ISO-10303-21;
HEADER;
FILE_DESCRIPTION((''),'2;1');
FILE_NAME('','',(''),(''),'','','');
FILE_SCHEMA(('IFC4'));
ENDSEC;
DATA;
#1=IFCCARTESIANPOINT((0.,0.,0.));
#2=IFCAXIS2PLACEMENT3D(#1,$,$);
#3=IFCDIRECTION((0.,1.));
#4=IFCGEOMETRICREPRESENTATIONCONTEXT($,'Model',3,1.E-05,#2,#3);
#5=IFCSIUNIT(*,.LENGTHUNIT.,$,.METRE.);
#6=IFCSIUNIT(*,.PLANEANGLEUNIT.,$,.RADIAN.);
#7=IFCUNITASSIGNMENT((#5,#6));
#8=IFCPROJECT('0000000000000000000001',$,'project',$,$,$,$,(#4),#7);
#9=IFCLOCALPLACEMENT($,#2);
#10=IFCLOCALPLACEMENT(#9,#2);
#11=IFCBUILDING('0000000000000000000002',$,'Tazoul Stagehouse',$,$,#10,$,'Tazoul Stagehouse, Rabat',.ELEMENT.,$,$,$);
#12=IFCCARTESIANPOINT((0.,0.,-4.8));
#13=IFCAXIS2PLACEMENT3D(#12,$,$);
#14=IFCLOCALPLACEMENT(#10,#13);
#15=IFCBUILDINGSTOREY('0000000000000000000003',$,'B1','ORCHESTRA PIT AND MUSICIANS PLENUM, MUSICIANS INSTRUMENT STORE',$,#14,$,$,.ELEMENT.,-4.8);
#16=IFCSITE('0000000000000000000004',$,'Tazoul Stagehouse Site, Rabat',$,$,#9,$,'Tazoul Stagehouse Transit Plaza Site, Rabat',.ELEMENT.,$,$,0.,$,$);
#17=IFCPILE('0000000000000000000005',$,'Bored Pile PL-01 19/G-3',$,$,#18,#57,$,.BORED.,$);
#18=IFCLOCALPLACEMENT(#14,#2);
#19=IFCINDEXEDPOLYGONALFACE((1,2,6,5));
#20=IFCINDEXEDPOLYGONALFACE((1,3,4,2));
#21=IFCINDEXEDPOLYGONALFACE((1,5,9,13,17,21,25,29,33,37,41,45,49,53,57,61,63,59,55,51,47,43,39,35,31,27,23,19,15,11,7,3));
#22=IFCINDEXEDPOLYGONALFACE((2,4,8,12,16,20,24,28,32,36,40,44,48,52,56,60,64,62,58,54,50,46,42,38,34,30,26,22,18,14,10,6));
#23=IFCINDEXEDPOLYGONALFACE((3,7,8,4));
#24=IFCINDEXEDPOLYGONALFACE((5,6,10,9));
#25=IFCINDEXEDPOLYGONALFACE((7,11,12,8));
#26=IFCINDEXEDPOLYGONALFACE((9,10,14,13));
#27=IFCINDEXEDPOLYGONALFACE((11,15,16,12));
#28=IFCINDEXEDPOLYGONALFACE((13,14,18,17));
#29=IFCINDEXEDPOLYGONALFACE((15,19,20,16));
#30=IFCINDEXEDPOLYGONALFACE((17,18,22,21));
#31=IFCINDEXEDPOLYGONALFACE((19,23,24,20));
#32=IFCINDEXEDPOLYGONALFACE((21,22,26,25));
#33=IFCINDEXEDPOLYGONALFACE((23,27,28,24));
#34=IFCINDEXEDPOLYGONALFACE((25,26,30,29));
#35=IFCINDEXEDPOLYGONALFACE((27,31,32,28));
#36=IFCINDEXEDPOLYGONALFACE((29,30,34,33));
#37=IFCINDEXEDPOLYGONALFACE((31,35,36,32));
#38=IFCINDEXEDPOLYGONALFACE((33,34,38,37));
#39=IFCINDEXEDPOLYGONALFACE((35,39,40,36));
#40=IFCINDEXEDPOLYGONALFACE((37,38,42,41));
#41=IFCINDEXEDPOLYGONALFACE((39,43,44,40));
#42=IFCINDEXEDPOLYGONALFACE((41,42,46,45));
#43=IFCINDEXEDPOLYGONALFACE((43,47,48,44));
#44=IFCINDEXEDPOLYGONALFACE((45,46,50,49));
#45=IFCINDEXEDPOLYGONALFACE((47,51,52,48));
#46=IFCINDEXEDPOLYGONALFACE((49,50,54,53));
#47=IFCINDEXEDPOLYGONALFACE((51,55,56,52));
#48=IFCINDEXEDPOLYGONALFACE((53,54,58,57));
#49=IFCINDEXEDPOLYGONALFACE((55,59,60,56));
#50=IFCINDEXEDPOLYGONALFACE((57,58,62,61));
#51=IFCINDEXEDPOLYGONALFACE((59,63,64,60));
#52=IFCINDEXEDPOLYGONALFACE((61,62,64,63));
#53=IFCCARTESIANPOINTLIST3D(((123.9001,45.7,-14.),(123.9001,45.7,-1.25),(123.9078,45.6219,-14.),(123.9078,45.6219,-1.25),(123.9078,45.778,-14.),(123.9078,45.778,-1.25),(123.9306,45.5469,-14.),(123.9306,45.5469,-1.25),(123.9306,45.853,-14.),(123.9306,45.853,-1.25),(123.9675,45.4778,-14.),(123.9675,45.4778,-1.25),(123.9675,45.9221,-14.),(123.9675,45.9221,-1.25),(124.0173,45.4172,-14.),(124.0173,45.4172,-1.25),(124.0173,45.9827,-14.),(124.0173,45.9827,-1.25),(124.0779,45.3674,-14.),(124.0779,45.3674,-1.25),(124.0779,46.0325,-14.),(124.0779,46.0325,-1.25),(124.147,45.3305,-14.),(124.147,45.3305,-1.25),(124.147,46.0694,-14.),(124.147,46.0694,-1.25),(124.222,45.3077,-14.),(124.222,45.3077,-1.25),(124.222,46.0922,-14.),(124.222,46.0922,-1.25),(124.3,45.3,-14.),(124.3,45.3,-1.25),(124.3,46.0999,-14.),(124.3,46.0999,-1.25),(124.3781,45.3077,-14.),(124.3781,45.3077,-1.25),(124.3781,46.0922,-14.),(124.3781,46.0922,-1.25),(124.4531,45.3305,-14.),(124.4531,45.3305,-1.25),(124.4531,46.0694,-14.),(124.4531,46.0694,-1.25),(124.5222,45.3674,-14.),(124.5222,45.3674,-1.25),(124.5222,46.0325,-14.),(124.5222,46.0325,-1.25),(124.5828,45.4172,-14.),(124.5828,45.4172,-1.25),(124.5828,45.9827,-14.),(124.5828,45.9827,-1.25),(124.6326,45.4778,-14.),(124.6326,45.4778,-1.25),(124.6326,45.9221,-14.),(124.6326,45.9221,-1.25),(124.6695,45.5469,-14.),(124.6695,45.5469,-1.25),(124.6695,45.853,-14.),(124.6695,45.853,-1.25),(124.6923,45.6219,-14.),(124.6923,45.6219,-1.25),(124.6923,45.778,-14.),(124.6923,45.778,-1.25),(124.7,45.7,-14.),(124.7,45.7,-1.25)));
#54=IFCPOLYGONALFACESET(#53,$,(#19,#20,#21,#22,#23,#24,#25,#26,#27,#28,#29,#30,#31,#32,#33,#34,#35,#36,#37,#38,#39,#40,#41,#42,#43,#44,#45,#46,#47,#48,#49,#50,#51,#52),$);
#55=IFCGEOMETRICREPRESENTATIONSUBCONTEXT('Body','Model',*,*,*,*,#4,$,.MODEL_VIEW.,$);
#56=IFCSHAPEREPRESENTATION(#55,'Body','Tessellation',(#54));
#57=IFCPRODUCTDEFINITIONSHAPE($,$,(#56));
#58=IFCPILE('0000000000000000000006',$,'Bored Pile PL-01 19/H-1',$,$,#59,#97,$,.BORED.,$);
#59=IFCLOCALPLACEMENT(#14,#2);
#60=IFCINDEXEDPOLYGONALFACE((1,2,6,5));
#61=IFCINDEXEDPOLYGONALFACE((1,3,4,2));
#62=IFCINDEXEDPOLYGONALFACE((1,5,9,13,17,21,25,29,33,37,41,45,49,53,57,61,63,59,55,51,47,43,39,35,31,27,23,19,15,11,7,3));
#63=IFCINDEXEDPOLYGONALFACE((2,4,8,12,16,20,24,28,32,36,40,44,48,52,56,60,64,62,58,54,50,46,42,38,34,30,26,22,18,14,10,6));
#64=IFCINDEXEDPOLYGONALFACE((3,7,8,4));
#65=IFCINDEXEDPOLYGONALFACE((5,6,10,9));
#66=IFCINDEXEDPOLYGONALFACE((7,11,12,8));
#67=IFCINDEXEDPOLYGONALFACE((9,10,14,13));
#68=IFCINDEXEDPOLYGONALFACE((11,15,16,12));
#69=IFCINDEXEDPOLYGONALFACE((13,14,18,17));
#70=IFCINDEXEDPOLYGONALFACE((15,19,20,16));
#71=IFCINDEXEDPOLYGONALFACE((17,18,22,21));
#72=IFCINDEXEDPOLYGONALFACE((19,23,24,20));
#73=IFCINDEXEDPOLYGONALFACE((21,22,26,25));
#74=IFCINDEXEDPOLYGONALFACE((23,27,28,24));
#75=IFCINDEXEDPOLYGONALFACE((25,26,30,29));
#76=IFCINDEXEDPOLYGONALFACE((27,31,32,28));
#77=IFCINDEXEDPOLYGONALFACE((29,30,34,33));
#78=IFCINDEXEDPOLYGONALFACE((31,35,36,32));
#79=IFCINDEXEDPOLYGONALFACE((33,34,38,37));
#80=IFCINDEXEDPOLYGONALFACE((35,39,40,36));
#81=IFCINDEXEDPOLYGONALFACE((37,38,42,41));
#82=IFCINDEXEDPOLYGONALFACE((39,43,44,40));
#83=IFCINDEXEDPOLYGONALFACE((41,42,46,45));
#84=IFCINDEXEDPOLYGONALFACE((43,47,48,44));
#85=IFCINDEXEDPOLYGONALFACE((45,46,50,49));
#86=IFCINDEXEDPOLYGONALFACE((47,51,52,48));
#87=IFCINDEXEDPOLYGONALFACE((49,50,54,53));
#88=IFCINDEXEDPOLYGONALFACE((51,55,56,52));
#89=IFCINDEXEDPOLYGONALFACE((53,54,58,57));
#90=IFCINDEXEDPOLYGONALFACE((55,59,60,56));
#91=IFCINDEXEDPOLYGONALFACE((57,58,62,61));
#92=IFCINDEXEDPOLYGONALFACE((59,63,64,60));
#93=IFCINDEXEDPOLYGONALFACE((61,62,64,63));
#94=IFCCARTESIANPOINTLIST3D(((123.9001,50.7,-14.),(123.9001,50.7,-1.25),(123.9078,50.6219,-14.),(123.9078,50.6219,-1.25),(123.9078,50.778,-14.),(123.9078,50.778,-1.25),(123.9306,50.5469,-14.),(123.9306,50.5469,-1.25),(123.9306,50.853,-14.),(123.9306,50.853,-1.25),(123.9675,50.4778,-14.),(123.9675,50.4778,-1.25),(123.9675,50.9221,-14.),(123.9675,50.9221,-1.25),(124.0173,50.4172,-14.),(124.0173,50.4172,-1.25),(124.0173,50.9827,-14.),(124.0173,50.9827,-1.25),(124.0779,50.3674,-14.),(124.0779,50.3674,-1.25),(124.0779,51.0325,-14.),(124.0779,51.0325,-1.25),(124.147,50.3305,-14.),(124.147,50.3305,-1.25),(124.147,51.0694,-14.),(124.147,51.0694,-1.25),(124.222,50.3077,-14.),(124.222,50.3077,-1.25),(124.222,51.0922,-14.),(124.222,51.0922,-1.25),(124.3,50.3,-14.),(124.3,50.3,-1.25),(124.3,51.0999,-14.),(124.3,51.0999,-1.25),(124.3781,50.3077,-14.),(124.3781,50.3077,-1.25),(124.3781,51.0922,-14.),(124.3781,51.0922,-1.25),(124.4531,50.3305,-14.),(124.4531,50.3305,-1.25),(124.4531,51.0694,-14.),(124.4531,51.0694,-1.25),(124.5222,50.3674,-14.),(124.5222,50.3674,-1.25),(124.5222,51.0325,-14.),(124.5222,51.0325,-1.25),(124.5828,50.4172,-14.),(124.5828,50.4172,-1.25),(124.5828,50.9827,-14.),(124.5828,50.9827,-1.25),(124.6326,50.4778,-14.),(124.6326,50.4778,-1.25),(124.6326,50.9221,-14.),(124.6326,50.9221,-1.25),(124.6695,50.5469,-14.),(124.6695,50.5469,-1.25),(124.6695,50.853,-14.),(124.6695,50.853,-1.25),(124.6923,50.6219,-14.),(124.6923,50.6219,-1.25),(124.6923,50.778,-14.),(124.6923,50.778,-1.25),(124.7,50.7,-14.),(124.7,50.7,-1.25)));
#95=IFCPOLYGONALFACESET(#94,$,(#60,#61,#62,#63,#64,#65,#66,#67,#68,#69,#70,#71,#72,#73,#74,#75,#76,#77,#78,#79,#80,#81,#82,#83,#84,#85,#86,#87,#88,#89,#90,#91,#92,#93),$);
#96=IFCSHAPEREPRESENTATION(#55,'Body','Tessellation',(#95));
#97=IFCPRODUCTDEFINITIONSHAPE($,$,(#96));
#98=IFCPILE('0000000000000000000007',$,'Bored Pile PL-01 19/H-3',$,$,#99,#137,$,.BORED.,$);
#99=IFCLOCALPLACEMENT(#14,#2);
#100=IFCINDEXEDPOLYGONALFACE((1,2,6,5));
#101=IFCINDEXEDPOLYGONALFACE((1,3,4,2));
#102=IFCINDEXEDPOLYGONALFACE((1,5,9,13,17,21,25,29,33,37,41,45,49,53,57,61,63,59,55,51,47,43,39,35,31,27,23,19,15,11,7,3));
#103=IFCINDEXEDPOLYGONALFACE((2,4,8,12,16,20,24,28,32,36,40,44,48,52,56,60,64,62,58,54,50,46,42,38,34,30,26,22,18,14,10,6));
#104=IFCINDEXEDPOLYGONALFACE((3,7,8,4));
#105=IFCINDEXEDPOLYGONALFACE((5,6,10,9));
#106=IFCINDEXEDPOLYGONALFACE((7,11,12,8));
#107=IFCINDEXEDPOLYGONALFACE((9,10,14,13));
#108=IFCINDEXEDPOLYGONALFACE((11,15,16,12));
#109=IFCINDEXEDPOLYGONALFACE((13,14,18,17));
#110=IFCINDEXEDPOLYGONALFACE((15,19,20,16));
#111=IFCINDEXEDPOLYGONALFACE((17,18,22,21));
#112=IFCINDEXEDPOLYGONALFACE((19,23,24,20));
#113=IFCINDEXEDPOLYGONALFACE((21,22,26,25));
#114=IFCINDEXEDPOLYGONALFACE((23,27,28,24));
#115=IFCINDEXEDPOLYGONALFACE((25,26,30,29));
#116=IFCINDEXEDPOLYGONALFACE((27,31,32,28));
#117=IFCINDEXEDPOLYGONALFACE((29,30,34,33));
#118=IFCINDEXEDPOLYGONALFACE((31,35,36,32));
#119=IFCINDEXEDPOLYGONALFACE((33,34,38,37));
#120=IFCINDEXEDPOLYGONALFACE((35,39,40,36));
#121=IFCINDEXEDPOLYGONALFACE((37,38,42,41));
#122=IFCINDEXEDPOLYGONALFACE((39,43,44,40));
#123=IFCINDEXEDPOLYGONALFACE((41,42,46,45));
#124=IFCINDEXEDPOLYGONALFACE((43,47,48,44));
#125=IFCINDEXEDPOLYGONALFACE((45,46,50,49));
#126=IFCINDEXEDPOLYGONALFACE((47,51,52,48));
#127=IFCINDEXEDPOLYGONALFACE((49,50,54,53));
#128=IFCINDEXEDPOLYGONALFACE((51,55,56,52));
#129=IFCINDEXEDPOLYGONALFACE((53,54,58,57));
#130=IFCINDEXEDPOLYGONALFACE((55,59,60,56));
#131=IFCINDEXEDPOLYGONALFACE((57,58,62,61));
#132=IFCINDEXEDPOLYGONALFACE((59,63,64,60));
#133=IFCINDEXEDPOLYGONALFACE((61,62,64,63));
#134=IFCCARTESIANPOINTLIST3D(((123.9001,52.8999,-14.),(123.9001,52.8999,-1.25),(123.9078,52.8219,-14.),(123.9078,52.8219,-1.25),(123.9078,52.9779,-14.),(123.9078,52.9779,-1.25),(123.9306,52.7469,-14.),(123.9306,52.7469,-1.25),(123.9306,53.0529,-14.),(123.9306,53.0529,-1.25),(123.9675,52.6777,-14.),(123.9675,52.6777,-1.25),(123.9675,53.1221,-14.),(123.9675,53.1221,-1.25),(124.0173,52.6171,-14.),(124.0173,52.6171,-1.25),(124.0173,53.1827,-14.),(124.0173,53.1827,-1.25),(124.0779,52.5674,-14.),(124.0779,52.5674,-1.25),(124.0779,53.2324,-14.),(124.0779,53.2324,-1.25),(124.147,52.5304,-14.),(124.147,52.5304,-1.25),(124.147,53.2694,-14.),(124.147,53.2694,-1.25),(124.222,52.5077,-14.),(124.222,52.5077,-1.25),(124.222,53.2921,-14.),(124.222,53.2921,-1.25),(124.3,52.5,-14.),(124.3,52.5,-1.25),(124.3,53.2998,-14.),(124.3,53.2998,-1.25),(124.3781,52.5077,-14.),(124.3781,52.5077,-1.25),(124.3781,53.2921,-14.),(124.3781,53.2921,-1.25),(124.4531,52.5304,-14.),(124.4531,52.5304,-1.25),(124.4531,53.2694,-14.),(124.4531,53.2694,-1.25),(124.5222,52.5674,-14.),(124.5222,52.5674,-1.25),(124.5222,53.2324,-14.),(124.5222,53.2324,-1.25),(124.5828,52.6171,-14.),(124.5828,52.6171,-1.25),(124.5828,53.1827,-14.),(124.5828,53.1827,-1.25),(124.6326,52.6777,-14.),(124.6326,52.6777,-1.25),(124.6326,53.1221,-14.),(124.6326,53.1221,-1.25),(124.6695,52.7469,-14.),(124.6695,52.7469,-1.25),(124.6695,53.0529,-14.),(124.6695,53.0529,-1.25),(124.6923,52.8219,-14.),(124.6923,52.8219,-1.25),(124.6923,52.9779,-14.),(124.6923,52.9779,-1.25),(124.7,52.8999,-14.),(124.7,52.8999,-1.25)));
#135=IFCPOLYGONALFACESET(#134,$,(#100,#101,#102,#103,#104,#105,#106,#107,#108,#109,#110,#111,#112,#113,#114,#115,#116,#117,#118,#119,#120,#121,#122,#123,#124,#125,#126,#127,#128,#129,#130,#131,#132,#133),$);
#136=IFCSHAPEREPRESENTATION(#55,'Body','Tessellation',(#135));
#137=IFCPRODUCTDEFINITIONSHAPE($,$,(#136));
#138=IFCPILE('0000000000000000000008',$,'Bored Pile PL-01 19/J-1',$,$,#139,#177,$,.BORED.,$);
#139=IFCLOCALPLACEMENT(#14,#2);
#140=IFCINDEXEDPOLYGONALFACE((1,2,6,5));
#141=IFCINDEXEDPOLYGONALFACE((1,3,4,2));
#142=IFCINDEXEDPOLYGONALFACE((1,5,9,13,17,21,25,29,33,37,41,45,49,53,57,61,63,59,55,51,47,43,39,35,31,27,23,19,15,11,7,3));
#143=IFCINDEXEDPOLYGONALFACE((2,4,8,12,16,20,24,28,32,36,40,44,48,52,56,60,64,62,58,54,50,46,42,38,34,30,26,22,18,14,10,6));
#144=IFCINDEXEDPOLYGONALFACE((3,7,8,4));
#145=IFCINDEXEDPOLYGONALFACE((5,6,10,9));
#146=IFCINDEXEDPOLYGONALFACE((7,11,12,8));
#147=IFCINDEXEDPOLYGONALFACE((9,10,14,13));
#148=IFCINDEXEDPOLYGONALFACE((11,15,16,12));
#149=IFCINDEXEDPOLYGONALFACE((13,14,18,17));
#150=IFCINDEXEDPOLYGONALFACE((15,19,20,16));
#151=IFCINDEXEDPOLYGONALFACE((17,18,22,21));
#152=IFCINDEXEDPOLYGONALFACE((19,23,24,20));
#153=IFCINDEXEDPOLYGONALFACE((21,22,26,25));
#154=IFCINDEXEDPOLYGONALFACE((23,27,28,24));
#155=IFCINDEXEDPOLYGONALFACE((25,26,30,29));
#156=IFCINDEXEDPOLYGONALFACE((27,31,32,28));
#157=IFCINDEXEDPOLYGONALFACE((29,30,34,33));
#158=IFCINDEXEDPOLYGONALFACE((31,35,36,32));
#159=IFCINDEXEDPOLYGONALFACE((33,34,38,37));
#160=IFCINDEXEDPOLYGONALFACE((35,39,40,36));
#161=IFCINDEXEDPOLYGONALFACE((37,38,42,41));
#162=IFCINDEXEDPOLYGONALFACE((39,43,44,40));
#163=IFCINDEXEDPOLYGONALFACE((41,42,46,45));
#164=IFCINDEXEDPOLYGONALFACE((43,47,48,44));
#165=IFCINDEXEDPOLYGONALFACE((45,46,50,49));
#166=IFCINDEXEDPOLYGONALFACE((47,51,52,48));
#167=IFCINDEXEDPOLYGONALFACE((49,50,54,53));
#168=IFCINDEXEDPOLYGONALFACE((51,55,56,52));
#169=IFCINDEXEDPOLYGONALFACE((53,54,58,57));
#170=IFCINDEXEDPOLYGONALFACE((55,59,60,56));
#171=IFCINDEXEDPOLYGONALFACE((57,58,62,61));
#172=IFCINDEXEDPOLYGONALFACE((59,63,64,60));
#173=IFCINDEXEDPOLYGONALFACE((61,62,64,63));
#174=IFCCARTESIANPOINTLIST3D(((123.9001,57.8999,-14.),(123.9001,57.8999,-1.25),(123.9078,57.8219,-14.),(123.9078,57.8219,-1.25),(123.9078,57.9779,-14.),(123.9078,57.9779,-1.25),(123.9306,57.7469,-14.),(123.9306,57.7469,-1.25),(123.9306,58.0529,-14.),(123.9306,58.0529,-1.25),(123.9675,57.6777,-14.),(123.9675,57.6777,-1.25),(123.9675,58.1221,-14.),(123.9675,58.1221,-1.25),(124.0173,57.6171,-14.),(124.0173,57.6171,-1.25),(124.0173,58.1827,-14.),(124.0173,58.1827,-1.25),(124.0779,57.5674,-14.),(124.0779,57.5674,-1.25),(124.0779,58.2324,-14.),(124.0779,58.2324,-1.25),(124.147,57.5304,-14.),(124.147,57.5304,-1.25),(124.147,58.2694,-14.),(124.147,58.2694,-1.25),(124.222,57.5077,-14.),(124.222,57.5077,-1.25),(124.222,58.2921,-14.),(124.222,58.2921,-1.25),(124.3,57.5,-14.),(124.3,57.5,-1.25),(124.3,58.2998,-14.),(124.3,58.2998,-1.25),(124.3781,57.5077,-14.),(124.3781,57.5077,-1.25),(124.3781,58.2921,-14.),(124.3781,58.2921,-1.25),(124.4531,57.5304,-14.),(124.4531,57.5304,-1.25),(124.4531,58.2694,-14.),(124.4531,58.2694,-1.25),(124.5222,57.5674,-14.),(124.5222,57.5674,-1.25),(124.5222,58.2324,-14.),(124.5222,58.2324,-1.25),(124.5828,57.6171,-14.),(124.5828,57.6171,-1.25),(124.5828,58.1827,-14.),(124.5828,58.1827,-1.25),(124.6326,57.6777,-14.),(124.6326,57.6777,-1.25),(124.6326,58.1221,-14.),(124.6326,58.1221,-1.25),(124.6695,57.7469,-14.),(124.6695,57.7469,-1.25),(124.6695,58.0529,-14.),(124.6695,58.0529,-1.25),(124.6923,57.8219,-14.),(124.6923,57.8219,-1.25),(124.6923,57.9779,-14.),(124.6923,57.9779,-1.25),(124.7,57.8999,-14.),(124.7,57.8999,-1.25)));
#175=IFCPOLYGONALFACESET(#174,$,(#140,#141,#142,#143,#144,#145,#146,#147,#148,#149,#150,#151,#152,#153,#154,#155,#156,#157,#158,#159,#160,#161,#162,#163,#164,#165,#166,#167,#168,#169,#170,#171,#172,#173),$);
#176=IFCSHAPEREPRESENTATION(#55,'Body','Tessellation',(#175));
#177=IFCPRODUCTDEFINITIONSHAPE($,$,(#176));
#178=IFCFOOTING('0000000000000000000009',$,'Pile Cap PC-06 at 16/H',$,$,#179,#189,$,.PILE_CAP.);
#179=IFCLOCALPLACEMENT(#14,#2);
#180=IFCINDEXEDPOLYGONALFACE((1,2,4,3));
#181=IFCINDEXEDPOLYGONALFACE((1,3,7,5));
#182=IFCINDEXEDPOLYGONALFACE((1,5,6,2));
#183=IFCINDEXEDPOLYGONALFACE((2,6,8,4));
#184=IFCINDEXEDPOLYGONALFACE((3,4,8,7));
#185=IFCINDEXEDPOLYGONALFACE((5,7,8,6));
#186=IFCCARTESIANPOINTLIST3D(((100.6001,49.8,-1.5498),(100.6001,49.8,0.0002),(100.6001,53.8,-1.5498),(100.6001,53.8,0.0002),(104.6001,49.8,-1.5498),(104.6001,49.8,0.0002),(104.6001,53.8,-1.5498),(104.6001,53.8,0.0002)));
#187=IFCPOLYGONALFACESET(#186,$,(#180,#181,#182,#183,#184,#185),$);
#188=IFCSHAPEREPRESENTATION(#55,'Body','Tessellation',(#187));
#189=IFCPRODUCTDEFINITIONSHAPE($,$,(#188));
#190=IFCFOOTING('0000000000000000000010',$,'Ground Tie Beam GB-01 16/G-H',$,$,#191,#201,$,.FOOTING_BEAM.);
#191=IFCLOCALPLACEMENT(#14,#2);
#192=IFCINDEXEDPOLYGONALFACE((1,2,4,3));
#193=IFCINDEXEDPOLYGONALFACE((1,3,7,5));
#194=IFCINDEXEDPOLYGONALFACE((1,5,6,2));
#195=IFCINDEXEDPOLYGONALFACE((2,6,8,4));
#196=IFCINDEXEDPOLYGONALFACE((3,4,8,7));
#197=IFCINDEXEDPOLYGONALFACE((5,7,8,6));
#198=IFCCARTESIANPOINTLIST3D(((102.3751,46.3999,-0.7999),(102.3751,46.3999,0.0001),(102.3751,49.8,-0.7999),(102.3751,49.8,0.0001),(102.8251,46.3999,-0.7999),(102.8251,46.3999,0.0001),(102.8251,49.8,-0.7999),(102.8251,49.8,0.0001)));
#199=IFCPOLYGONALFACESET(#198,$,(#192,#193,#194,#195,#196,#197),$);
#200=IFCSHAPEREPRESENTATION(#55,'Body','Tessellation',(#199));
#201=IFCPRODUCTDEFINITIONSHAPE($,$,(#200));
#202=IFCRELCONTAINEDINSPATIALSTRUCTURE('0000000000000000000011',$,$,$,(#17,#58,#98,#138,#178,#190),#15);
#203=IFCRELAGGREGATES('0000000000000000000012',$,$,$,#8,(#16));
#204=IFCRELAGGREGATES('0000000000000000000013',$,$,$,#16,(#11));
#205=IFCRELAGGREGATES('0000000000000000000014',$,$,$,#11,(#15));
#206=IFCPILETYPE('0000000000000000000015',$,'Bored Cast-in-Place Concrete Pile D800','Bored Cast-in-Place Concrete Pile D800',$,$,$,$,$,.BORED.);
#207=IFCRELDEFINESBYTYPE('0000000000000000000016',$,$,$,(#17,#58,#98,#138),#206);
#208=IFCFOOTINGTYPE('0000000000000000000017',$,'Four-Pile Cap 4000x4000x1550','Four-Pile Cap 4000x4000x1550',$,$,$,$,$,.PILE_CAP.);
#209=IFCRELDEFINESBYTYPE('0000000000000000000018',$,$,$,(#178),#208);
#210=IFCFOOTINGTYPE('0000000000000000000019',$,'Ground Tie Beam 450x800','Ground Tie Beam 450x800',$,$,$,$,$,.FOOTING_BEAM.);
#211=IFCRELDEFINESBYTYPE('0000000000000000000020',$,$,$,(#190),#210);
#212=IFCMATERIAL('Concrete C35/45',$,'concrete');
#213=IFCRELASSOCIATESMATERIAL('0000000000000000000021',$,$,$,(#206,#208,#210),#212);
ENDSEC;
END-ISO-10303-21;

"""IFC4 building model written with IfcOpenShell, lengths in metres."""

from ifc_helpers import new_model, si_unit, direction, frame, origin, origin_2d, place, context, subcontext, project, spatial, rectangle, circle, extrude, material, material_profile, profile_set, type_object, element, save


model = new_model("IFC4")

# Units and contexts
model_context = context("Model", 3, precision=1e-05, world=origin(), true_north=direction((0.0, 1.0)))
body_context = subcontext(model_context, "Body", "Model", "MODEL_VIEW")
ifc_project = project(units=[si_unit("LENGTHUNIT", "METRE"), si_unit("PLANEANGLEUNIT", "RADIAN")], contexts=[model_context])

# Site, building, storey
site_placement = place(None, origin())
site = spatial("IfcSite", under=ifc_project, at=site_placement, Name="Tazoul Stagehouse Site, Rabat", LongName="Tazoul Stagehouse Transit Plaza Site, Rabat", CompositionType="ELEMENT", RefElevation=0.0)
building_placement = place(site_placement, origin())
building = spatial("IfcBuilding", under=site, at=building_placement, Name="Tazoul Stagehouse", LongName="Tazoul Stagehouse, Rabat", CompositionType="ELEMENT")
storey_placement = place(building_placement, frame((0.0, 0.0, -4.8)))
storey = spatial("IfcBuildingStorey", under=building, at=storey_placement, Name="B1", Description="ORCHESTRA PIT AND MUSICIANS PLENUM, MUSICIANS INSTRUMENT STORE", CompositionType="ELEMENT", Elevation=-4.8)

# Piles
ifc_material_1 = material(Name="Concrete C35/45", Category="concrete")
ifc_material_profile_1 = material_profile(ifc_material_1, circle(Radius=0.3999, at=origin_2d()), Name="BORED PILE 800")
ifc_profile_set_1 = profile_set([ifc_material_profile_1], Name="Concrete C35/45")
pile_type_1 = type_object("IfcPileType", Name="Bored Cast-in-Place Concrete Pile D800", Description="Bored Cast-in-Place Concrete Pile D800", PredefinedType="BORED", material=ifc_profile_set_1)
for number, where, z_axis, x_axis, name in (
    (1, (124.3, 45.7, -1.25), (0.0, 0.0, -1.0), (1.0, 0.0, 0.0), "Bored Pile PL-01 19/G-3"),
    (2, (124.3, 50.7, -1.25), (0.0, 0.0, -1.0), (1.0, 0.0, 0.0), "Bored Pile PL-01 19/H-1"),
    (3, (124.3, 52.8999, -1.25), (0.0, 0.0, -1.0), (1.0, 0.0, 0.0), "Bored Pile PL-01 19/H-3"),
    (4, (124.3, 57.8999, -1.25), (0.0, 0.0, -1.0), (1.0, 0.0, 0.0), "Bored Pile PL-01 19/J-1"),
):
    element("IfcPile", number, at=place(storey_placement, frame(where, z_axis=z_axis, x_axis=x_axis)), inside=storey, type_object=pile_type_1, Name=name, PredefinedType="BORED", context=body_context, shape_type="SweptSolid", body=[
        extrude(circle(Radius=0.3999, at=origin_2d()), origin(), (0.0, 0.0, 1.0), 12.75),
    ])

# Footings
footing_type_1 = type_object("IfcFootingType", Name="Four-Pile Cap 4000x4000x1550", Description="Four-Pile Cap 4000x4000x1550", PredefinedType="PILE_CAP", material=ifc_material_1)
footing_1_placement = place(storey_placement, frame((102.6001, 51.8, -1.5498), z_axis=(0.0, 0.0, 1.0), x_axis=(1.0, 0.0, 0.0)))
element("IfcFooting", 5, at=footing_1_placement, inside=storey, type_object=footing_type_1, Name="Pile Cap PC-06 at 16/H", PredefinedType="PILE_CAP", context=body_context, shape_type="SweptSolid", body=[
    extrude(rectangle(XDim=4.0, YDim=4.0, at=origin_2d()), origin(), (0.0, 0.0, 1.0), 1.55),
])
ifc_material_profile_2 = material_profile(ifc_material_1, rectangle(XDim=0.45, YDim=0.8, at=origin_2d()), Name="RC 450x800")
ifc_profile_set_2 = profile_set([ifc_material_profile_2], Name="Concrete C35/45")
footing_type_2 = type_object("IfcFootingType", Name="Ground Tie Beam 450x800", Description="Ground Tie Beam 450x800", PredefinedType="FOOTING_BEAM", material=ifc_profile_set_2)
footing_2_placement = place(storey_placement, frame((102.6001, 46.3999, -0.3999), z_axis=(0.0, 1.0, 0.0), x_axis=(-1.0, 0.0, 0.0)))
element("IfcFooting", 6, at=footing_2_placement, inside=storey, type_object=footing_type_2, Name="Ground Tie Beam GB-01 16/G-H", PredefinedType="FOOTING_BEAM", context=body_context, shape_type="SweptSolid", body=[
    extrude(rectangle(XDim=0.45, YDim=0.8, at=origin_2d()), origin(), (0.0, 0.0, 1.0), 3.4001),
])

save(model, "model.ifc")
